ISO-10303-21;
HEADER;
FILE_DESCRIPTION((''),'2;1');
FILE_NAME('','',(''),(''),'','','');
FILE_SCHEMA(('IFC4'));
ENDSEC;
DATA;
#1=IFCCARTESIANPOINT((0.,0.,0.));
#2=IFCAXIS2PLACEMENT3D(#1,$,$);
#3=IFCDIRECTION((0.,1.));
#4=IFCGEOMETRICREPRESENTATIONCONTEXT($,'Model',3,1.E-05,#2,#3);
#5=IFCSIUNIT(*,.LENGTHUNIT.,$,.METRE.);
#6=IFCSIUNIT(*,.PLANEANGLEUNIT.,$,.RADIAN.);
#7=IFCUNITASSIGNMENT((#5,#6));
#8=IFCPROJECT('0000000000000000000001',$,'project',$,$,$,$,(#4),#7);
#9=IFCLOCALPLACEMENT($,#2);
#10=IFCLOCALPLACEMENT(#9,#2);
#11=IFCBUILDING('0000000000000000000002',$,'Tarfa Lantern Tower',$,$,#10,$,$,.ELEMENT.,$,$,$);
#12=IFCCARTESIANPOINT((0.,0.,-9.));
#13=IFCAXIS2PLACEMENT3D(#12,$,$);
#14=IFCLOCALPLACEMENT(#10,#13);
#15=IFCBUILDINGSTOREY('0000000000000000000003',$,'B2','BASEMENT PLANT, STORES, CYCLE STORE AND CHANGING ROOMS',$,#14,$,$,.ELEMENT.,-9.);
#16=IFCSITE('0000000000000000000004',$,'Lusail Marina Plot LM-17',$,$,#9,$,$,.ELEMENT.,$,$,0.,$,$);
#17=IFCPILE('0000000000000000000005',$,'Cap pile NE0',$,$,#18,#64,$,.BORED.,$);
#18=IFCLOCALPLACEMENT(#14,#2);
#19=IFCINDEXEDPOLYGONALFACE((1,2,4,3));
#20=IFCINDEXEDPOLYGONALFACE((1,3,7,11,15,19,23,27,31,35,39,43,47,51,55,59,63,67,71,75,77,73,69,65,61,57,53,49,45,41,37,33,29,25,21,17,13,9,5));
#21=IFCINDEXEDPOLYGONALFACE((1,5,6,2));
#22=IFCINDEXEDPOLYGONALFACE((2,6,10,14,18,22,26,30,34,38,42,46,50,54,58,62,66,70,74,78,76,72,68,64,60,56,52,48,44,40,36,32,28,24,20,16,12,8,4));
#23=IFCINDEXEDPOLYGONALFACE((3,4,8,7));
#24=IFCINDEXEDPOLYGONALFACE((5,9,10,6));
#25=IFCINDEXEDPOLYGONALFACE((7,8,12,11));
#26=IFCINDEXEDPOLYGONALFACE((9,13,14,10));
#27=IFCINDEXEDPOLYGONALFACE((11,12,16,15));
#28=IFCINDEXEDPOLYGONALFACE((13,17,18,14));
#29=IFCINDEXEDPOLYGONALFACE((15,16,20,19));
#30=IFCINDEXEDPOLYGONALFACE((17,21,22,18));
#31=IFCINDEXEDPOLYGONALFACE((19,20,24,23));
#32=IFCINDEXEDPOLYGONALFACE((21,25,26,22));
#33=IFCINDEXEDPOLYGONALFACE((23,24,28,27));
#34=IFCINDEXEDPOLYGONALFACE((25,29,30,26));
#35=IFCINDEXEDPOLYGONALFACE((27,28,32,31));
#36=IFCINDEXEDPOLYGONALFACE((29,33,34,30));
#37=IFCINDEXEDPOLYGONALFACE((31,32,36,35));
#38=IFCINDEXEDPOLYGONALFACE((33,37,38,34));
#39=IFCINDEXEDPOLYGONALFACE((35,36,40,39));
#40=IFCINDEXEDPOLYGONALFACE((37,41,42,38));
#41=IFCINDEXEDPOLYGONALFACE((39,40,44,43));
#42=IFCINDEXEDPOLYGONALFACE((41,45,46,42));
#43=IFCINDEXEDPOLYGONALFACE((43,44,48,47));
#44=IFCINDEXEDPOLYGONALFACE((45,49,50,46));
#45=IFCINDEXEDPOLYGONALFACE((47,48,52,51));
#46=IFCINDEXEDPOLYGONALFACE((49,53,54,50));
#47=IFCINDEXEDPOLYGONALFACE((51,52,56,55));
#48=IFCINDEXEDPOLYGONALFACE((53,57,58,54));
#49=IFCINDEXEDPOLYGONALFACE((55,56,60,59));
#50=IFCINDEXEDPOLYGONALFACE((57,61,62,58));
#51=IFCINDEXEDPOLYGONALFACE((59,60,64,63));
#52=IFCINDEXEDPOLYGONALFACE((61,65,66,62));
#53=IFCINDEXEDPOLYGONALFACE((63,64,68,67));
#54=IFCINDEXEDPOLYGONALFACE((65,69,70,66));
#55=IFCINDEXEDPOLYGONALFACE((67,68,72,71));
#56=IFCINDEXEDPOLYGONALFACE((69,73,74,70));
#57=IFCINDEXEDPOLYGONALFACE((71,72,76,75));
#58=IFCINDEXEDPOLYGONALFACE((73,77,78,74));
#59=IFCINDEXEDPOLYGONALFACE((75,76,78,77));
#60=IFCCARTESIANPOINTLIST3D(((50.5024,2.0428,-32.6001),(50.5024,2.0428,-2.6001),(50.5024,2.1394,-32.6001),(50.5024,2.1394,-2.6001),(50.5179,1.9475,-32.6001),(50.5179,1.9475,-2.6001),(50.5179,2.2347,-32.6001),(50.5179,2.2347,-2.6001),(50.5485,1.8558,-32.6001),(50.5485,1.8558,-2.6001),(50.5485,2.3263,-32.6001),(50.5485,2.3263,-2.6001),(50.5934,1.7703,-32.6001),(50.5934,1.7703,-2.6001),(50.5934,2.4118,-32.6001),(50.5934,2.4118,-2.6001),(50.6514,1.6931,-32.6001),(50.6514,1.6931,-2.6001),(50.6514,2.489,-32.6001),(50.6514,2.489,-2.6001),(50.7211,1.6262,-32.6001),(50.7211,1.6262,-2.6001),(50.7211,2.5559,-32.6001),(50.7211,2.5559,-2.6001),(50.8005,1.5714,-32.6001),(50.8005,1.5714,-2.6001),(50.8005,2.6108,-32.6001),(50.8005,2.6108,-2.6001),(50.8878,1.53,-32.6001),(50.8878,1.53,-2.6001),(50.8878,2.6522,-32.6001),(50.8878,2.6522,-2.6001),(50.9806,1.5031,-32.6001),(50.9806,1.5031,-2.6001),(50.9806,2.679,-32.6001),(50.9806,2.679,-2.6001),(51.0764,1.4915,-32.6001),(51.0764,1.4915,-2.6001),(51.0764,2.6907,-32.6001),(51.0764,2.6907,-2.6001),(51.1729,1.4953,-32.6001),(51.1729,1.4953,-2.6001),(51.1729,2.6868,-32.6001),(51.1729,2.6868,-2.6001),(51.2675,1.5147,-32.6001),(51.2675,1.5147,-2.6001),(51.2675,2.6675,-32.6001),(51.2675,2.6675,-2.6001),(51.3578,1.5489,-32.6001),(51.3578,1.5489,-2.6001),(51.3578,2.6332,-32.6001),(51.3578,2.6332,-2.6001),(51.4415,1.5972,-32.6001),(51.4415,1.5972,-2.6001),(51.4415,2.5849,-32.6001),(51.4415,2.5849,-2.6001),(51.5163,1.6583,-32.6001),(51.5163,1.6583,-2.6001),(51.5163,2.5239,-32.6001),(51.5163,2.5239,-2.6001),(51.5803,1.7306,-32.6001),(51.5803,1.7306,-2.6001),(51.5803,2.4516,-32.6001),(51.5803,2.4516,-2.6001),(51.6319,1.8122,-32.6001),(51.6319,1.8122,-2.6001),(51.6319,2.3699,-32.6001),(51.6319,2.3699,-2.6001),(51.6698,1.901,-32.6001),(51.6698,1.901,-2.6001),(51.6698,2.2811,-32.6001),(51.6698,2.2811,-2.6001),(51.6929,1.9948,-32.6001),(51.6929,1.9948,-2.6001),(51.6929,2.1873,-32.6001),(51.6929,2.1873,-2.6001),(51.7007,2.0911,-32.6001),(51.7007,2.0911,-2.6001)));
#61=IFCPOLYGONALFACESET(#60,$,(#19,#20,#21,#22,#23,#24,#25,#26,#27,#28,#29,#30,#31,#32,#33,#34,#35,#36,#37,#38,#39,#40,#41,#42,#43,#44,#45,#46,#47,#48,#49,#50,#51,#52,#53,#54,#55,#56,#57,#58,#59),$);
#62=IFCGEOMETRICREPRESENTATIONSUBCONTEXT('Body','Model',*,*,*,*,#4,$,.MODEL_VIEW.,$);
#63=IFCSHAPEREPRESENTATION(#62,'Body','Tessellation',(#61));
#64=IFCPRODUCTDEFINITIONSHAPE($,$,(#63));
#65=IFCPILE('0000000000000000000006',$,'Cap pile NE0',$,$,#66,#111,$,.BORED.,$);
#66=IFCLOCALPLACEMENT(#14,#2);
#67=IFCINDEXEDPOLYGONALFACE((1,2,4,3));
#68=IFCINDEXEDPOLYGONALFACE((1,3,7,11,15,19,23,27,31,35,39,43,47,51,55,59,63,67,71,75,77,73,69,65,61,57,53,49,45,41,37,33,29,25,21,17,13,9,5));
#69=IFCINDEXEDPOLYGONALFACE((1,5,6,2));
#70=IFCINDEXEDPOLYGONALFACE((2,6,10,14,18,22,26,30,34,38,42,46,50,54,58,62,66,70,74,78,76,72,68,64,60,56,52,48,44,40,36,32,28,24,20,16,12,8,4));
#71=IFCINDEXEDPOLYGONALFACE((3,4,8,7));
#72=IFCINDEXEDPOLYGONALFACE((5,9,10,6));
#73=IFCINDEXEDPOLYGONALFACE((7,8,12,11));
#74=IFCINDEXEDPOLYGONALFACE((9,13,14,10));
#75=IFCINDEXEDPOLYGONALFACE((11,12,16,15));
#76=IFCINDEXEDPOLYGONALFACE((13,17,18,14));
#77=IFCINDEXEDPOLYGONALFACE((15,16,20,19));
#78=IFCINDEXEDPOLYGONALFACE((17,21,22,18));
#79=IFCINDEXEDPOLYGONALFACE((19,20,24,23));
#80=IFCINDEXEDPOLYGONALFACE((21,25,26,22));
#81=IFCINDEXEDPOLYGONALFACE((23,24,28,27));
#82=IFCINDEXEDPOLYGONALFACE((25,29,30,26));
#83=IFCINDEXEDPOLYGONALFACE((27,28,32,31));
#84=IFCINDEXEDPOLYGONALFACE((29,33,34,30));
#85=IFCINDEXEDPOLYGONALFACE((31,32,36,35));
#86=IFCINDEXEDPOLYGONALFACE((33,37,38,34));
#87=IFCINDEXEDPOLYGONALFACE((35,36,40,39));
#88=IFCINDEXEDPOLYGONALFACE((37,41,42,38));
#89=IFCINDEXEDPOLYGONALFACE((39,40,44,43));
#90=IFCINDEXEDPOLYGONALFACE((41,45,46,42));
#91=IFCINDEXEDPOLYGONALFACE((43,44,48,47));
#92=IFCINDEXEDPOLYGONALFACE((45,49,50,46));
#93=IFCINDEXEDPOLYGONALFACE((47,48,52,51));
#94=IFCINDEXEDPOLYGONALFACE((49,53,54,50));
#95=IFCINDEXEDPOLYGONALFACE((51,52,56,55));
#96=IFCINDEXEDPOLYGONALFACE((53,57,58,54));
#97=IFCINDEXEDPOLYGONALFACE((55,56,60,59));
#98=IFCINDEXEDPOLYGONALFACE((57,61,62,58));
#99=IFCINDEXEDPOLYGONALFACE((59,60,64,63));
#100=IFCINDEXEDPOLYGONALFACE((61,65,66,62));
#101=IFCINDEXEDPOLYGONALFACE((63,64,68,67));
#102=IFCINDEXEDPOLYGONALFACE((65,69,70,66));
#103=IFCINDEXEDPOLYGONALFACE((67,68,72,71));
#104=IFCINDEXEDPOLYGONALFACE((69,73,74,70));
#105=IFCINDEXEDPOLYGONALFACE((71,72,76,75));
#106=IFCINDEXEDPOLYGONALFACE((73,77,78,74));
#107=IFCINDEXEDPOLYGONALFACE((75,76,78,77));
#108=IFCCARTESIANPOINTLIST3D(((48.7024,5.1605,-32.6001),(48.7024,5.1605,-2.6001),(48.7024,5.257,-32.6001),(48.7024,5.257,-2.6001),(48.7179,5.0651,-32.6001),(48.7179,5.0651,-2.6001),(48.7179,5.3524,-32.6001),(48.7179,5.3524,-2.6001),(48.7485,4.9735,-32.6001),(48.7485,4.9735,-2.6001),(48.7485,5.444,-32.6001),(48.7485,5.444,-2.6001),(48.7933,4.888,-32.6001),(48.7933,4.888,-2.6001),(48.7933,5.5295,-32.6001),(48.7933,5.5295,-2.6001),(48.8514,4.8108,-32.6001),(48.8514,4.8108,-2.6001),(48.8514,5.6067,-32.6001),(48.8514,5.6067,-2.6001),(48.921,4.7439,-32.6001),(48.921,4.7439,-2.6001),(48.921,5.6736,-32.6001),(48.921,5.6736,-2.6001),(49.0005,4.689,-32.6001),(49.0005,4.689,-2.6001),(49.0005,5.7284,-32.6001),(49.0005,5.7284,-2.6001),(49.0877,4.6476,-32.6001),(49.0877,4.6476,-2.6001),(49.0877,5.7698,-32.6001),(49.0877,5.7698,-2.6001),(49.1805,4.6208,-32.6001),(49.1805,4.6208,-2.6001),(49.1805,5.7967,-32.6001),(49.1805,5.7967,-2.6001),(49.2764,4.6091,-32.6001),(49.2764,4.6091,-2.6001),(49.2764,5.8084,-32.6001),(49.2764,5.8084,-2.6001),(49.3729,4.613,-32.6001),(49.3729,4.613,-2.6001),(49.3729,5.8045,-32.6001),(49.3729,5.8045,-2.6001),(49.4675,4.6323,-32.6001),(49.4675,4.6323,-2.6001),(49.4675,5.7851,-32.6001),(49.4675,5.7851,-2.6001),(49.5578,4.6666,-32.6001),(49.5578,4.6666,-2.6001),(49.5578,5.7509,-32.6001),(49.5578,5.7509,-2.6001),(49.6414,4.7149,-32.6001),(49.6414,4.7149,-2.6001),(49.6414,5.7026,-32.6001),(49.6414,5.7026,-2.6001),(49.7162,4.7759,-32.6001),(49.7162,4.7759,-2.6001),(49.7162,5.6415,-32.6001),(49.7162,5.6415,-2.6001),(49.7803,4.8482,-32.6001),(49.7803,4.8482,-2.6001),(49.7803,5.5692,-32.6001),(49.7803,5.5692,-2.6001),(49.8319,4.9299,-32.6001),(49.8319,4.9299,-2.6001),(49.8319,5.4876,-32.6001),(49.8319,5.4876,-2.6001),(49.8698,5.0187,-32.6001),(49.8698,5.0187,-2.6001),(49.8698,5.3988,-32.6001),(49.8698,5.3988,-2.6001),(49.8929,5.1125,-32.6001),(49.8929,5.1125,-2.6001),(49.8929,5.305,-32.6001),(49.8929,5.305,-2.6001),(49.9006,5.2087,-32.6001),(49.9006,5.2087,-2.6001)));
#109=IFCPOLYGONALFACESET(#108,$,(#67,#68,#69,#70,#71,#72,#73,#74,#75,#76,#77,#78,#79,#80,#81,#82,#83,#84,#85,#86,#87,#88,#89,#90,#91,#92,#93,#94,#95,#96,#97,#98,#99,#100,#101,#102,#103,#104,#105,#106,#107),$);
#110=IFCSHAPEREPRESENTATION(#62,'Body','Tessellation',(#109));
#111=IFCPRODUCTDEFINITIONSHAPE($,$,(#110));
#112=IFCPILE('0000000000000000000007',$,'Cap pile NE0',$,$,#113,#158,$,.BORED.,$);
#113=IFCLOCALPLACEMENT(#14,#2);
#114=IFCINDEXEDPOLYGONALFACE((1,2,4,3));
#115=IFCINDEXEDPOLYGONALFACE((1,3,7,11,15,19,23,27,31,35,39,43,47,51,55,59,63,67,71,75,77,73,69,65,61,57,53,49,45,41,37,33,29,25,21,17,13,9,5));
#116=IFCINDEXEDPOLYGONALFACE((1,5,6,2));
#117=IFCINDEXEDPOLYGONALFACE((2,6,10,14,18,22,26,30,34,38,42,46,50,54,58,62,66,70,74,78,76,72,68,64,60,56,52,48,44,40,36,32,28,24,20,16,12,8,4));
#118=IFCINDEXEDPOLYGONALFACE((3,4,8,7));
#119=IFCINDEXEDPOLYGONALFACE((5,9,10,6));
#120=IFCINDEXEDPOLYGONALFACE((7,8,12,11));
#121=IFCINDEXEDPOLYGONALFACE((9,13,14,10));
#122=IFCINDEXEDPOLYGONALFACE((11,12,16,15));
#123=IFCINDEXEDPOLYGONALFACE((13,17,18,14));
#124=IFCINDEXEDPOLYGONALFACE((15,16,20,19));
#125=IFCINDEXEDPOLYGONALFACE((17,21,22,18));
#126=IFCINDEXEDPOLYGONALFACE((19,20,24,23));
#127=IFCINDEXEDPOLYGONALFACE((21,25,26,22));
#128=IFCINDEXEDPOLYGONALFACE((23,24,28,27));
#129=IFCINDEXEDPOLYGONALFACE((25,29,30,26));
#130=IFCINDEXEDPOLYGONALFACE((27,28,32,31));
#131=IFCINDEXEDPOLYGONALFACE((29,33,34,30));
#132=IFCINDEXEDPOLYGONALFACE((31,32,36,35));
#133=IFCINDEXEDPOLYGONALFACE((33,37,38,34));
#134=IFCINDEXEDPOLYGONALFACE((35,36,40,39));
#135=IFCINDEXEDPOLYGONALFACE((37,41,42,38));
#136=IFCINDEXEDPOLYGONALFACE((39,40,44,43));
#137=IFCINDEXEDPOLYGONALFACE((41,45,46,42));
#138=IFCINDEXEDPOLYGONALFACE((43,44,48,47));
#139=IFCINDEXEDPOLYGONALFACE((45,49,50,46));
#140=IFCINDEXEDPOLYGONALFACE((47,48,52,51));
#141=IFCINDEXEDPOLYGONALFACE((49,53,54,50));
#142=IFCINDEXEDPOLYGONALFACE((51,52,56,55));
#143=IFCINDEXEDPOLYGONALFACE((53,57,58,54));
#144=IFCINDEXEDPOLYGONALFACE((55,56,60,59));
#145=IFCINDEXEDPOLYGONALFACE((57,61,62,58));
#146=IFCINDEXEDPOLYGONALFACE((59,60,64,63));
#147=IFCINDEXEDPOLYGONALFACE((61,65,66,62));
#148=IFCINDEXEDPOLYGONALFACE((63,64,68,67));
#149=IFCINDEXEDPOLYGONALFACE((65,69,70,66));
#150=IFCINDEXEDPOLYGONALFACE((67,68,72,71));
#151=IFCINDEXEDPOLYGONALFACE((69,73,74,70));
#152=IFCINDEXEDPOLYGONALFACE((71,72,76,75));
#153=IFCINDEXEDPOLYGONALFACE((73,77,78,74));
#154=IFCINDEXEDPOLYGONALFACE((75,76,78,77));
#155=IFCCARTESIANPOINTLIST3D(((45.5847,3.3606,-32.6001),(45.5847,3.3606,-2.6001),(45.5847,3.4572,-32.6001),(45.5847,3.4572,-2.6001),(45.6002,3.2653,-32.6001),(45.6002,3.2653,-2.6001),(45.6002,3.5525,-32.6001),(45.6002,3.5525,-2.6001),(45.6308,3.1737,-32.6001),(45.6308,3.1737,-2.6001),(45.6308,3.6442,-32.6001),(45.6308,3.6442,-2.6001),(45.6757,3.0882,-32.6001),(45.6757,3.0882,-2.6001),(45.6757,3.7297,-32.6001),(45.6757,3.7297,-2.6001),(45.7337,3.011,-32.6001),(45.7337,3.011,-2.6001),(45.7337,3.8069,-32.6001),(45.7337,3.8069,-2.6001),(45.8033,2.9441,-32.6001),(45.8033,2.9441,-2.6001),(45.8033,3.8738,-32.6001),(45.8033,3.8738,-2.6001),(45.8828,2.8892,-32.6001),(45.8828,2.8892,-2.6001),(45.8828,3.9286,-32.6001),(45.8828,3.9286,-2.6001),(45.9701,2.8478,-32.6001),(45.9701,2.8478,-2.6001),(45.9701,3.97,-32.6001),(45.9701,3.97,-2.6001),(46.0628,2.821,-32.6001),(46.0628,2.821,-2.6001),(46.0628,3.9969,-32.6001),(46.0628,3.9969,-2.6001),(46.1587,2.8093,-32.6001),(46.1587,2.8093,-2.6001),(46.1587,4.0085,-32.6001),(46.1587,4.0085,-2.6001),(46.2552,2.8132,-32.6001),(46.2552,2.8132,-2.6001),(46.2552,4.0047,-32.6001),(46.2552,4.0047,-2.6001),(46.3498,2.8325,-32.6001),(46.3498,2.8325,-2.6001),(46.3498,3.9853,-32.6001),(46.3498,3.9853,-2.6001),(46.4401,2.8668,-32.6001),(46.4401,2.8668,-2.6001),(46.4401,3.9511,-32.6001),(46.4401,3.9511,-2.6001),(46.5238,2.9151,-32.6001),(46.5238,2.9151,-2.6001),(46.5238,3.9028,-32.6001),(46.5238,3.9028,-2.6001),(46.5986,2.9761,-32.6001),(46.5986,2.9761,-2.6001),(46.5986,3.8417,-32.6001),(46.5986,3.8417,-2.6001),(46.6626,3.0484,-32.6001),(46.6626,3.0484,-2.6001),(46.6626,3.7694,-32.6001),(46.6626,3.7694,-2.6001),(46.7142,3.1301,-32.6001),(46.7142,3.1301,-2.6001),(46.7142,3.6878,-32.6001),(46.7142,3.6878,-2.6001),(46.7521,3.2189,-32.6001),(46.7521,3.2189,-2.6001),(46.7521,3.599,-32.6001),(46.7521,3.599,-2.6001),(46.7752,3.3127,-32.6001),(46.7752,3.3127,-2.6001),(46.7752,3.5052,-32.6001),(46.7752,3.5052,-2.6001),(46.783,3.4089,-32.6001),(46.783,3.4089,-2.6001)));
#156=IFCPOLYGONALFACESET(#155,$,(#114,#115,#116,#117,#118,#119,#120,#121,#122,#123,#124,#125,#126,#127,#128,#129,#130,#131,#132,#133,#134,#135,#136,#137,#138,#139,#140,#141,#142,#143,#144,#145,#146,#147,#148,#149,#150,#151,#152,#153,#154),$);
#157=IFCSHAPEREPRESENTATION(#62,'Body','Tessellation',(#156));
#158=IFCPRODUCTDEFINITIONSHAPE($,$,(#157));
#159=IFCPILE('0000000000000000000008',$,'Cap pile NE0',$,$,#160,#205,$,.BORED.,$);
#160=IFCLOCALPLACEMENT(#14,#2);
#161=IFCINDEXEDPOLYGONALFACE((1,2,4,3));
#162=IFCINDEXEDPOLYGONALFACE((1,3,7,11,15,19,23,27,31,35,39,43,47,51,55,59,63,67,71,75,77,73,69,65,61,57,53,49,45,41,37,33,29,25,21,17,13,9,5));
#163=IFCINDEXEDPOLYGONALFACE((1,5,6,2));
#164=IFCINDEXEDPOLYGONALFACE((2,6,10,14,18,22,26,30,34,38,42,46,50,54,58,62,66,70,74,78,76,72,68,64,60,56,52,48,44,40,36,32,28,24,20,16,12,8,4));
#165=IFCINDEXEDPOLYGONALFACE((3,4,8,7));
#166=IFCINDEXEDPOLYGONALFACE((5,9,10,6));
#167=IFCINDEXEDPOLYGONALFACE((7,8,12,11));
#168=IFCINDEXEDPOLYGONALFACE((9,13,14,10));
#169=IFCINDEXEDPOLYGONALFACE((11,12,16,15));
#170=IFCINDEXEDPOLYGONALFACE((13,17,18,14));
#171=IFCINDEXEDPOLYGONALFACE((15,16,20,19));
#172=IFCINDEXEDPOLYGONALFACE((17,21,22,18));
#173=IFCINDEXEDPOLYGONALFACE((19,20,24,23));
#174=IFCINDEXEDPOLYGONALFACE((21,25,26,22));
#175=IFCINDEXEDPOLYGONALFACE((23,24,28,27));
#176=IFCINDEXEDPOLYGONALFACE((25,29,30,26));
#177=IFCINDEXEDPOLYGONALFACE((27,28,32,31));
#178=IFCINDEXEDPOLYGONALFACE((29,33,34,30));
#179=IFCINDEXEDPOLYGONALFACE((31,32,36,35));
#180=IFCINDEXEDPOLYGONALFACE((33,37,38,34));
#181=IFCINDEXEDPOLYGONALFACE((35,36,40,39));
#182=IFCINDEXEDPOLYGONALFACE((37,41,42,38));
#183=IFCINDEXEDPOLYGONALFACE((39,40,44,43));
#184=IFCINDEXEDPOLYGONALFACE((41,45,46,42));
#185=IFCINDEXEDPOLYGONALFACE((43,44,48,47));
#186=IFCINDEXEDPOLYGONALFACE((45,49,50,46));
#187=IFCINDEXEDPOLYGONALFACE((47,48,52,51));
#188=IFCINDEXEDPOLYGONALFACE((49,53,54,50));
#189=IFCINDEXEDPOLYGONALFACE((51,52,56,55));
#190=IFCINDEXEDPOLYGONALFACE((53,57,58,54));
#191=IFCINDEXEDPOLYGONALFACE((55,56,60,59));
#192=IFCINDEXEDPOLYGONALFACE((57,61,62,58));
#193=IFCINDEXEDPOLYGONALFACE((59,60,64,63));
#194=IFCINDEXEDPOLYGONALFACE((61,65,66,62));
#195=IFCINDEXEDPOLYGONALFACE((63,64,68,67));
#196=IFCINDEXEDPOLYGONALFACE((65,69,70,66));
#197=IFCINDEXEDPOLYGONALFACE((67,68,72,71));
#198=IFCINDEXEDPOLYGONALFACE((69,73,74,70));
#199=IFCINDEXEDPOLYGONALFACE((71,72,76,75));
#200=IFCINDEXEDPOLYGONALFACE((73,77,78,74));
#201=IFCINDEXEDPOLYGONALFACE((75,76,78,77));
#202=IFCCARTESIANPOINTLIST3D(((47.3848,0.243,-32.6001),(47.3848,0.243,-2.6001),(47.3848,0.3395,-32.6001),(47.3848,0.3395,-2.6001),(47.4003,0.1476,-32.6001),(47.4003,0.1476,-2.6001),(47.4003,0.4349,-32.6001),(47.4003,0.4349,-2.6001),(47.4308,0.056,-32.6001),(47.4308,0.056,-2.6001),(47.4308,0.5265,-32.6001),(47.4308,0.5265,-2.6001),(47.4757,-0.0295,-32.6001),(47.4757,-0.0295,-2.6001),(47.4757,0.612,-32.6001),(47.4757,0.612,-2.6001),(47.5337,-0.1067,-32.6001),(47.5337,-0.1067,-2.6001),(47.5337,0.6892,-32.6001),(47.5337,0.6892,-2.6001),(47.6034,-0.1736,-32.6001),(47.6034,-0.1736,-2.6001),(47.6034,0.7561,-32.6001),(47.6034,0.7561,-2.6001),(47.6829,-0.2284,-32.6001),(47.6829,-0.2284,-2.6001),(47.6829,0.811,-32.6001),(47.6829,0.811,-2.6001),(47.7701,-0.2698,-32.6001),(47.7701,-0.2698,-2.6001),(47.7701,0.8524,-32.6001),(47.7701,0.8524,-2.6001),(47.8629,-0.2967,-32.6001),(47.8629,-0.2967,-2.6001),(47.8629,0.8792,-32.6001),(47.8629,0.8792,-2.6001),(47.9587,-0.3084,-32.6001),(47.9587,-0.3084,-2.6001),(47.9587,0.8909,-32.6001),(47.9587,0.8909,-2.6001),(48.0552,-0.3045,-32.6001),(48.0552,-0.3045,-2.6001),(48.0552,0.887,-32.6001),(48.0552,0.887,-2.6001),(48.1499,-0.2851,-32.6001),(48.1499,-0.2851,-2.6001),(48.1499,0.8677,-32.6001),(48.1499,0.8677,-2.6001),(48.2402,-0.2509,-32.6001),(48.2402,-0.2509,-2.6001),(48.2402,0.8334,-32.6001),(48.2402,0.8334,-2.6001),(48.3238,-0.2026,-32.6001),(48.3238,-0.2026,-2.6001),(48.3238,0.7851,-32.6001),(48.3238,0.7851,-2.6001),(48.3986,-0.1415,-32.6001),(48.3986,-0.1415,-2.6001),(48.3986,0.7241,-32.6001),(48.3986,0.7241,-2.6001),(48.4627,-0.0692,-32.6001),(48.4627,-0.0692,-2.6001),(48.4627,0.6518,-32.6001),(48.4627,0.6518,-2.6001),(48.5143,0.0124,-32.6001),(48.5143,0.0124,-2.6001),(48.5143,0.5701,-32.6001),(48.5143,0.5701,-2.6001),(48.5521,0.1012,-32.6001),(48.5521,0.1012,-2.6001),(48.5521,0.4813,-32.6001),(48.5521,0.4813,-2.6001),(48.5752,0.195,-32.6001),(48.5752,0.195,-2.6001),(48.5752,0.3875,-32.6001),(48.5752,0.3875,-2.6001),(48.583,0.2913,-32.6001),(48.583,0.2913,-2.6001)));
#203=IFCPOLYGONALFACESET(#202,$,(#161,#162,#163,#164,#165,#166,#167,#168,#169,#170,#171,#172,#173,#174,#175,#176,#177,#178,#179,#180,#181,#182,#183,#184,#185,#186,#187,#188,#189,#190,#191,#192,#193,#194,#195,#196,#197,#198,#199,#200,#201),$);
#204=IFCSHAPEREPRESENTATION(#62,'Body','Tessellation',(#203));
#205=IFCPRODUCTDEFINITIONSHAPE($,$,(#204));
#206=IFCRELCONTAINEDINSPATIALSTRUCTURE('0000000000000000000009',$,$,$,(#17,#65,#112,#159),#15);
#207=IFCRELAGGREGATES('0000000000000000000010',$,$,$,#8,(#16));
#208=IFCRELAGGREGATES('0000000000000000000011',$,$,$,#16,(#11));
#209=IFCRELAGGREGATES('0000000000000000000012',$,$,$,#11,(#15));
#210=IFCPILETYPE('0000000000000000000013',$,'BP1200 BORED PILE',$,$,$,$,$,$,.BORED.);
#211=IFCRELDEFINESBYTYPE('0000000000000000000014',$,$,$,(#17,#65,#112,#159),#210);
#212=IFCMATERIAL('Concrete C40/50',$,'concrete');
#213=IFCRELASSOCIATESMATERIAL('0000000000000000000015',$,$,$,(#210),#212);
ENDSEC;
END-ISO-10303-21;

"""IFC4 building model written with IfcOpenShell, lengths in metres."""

from ifc_helpers import new_model, si_unit, direction, frame, origin, origin_2d, place, context, subcontext, project, spatial, circle, extrude, material, material_profile, profile_set, type_object, element, save


model = new_model("IFC4")

# Units and contexts
model_context = context("Model", 3, precision=1e-05, world=origin(), true_north=direction((0.0, 1.0)))
body_context = subcontext(model_context, "Body", "Model", "MODEL_VIEW")
ifc_project = project(units=[si_unit("LENGTHUNIT", "METRE"), si_unit("PLANEANGLEUNIT", "RADIAN")], contexts=[model_context])

# Site, building, storey
site_placement = place(None, origin())
site = spatial("IfcSite", under=ifc_project, at=site_placement, Name="Lusail Marina Plot LM-17", CompositionType="ELEMENT", RefElevation=0.0)
building_placement = place(site_placement, origin())
building = spatial("IfcBuilding", under=site, at=building_placement, Name="Tarfa Lantern Tower", CompositionType="ELEMENT")
storey_placement = place(building_placement, frame((0.0, 0.0, -9.0)))
storey = spatial("IfcBuildingStorey", under=building, at=storey_placement, Name="B2", Description="BASEMENT PLANT, STORES, CYCLE STORE AND CHANGING ROOMS", CompositionType="ELEMENT", Elevation=-9.0)

# Piles
ifc_material_1 = material(Name="Concrete C40/50", Category="concrete")
ifc_material_profile_1 = material_profile(ifc_material_1, circle(Radius=0.6001, at=origin_2d()), Name="BORED PILE D1200")
ifc_profile_set_1 = profile_set([ifc_material_profile_1], Name="Concrete C40/50")
pile_type_1 = type_object("IfcPileType", Name="BP1200 BORED PILE", PredefinedType="BORED", material=ifc_profile_set_1)
for number, where, z_axis, x_axis, name in (
    (1, (51.1006, 2.0911, -2.6001), (0.0, 0.0, -1.0), (1.0, 0.0, 0.0), "Cap pile NE0"),
    (2, (49.3005, 5.2087, -2.6001), (0.0, 0.0, -1.0), (1.0, 0.0, 0.0), "Cap pile NE0"),
    (3, (46.1829, 3.4089, -2.6001), (0.0, 0.0, -1.0), (1.0, 0.0, 0.0), "Cap pile NE0"),
    (4, (47.9829, 0.2913, -2.6001), (0.0, 0.0, -1.0), (1.0, 0.0, 0.0), "Cap pile NE0"),
):
    element("IfcPile", number, at=place(storey_placement, frame(where, z_axis=z_axis, x_axis=x_axis)), inside=storey, type_object=pile_type_1, Name=name, PredefinedType="BORED", context=body_context, shape_type="SweptSolid", body=[
        extrude(circle(Radius=0.6001, at=origin_2d()), origin(), (0.0, 0.0, 1.0), 30.0),
    ])

save(model, "model.ifc")
